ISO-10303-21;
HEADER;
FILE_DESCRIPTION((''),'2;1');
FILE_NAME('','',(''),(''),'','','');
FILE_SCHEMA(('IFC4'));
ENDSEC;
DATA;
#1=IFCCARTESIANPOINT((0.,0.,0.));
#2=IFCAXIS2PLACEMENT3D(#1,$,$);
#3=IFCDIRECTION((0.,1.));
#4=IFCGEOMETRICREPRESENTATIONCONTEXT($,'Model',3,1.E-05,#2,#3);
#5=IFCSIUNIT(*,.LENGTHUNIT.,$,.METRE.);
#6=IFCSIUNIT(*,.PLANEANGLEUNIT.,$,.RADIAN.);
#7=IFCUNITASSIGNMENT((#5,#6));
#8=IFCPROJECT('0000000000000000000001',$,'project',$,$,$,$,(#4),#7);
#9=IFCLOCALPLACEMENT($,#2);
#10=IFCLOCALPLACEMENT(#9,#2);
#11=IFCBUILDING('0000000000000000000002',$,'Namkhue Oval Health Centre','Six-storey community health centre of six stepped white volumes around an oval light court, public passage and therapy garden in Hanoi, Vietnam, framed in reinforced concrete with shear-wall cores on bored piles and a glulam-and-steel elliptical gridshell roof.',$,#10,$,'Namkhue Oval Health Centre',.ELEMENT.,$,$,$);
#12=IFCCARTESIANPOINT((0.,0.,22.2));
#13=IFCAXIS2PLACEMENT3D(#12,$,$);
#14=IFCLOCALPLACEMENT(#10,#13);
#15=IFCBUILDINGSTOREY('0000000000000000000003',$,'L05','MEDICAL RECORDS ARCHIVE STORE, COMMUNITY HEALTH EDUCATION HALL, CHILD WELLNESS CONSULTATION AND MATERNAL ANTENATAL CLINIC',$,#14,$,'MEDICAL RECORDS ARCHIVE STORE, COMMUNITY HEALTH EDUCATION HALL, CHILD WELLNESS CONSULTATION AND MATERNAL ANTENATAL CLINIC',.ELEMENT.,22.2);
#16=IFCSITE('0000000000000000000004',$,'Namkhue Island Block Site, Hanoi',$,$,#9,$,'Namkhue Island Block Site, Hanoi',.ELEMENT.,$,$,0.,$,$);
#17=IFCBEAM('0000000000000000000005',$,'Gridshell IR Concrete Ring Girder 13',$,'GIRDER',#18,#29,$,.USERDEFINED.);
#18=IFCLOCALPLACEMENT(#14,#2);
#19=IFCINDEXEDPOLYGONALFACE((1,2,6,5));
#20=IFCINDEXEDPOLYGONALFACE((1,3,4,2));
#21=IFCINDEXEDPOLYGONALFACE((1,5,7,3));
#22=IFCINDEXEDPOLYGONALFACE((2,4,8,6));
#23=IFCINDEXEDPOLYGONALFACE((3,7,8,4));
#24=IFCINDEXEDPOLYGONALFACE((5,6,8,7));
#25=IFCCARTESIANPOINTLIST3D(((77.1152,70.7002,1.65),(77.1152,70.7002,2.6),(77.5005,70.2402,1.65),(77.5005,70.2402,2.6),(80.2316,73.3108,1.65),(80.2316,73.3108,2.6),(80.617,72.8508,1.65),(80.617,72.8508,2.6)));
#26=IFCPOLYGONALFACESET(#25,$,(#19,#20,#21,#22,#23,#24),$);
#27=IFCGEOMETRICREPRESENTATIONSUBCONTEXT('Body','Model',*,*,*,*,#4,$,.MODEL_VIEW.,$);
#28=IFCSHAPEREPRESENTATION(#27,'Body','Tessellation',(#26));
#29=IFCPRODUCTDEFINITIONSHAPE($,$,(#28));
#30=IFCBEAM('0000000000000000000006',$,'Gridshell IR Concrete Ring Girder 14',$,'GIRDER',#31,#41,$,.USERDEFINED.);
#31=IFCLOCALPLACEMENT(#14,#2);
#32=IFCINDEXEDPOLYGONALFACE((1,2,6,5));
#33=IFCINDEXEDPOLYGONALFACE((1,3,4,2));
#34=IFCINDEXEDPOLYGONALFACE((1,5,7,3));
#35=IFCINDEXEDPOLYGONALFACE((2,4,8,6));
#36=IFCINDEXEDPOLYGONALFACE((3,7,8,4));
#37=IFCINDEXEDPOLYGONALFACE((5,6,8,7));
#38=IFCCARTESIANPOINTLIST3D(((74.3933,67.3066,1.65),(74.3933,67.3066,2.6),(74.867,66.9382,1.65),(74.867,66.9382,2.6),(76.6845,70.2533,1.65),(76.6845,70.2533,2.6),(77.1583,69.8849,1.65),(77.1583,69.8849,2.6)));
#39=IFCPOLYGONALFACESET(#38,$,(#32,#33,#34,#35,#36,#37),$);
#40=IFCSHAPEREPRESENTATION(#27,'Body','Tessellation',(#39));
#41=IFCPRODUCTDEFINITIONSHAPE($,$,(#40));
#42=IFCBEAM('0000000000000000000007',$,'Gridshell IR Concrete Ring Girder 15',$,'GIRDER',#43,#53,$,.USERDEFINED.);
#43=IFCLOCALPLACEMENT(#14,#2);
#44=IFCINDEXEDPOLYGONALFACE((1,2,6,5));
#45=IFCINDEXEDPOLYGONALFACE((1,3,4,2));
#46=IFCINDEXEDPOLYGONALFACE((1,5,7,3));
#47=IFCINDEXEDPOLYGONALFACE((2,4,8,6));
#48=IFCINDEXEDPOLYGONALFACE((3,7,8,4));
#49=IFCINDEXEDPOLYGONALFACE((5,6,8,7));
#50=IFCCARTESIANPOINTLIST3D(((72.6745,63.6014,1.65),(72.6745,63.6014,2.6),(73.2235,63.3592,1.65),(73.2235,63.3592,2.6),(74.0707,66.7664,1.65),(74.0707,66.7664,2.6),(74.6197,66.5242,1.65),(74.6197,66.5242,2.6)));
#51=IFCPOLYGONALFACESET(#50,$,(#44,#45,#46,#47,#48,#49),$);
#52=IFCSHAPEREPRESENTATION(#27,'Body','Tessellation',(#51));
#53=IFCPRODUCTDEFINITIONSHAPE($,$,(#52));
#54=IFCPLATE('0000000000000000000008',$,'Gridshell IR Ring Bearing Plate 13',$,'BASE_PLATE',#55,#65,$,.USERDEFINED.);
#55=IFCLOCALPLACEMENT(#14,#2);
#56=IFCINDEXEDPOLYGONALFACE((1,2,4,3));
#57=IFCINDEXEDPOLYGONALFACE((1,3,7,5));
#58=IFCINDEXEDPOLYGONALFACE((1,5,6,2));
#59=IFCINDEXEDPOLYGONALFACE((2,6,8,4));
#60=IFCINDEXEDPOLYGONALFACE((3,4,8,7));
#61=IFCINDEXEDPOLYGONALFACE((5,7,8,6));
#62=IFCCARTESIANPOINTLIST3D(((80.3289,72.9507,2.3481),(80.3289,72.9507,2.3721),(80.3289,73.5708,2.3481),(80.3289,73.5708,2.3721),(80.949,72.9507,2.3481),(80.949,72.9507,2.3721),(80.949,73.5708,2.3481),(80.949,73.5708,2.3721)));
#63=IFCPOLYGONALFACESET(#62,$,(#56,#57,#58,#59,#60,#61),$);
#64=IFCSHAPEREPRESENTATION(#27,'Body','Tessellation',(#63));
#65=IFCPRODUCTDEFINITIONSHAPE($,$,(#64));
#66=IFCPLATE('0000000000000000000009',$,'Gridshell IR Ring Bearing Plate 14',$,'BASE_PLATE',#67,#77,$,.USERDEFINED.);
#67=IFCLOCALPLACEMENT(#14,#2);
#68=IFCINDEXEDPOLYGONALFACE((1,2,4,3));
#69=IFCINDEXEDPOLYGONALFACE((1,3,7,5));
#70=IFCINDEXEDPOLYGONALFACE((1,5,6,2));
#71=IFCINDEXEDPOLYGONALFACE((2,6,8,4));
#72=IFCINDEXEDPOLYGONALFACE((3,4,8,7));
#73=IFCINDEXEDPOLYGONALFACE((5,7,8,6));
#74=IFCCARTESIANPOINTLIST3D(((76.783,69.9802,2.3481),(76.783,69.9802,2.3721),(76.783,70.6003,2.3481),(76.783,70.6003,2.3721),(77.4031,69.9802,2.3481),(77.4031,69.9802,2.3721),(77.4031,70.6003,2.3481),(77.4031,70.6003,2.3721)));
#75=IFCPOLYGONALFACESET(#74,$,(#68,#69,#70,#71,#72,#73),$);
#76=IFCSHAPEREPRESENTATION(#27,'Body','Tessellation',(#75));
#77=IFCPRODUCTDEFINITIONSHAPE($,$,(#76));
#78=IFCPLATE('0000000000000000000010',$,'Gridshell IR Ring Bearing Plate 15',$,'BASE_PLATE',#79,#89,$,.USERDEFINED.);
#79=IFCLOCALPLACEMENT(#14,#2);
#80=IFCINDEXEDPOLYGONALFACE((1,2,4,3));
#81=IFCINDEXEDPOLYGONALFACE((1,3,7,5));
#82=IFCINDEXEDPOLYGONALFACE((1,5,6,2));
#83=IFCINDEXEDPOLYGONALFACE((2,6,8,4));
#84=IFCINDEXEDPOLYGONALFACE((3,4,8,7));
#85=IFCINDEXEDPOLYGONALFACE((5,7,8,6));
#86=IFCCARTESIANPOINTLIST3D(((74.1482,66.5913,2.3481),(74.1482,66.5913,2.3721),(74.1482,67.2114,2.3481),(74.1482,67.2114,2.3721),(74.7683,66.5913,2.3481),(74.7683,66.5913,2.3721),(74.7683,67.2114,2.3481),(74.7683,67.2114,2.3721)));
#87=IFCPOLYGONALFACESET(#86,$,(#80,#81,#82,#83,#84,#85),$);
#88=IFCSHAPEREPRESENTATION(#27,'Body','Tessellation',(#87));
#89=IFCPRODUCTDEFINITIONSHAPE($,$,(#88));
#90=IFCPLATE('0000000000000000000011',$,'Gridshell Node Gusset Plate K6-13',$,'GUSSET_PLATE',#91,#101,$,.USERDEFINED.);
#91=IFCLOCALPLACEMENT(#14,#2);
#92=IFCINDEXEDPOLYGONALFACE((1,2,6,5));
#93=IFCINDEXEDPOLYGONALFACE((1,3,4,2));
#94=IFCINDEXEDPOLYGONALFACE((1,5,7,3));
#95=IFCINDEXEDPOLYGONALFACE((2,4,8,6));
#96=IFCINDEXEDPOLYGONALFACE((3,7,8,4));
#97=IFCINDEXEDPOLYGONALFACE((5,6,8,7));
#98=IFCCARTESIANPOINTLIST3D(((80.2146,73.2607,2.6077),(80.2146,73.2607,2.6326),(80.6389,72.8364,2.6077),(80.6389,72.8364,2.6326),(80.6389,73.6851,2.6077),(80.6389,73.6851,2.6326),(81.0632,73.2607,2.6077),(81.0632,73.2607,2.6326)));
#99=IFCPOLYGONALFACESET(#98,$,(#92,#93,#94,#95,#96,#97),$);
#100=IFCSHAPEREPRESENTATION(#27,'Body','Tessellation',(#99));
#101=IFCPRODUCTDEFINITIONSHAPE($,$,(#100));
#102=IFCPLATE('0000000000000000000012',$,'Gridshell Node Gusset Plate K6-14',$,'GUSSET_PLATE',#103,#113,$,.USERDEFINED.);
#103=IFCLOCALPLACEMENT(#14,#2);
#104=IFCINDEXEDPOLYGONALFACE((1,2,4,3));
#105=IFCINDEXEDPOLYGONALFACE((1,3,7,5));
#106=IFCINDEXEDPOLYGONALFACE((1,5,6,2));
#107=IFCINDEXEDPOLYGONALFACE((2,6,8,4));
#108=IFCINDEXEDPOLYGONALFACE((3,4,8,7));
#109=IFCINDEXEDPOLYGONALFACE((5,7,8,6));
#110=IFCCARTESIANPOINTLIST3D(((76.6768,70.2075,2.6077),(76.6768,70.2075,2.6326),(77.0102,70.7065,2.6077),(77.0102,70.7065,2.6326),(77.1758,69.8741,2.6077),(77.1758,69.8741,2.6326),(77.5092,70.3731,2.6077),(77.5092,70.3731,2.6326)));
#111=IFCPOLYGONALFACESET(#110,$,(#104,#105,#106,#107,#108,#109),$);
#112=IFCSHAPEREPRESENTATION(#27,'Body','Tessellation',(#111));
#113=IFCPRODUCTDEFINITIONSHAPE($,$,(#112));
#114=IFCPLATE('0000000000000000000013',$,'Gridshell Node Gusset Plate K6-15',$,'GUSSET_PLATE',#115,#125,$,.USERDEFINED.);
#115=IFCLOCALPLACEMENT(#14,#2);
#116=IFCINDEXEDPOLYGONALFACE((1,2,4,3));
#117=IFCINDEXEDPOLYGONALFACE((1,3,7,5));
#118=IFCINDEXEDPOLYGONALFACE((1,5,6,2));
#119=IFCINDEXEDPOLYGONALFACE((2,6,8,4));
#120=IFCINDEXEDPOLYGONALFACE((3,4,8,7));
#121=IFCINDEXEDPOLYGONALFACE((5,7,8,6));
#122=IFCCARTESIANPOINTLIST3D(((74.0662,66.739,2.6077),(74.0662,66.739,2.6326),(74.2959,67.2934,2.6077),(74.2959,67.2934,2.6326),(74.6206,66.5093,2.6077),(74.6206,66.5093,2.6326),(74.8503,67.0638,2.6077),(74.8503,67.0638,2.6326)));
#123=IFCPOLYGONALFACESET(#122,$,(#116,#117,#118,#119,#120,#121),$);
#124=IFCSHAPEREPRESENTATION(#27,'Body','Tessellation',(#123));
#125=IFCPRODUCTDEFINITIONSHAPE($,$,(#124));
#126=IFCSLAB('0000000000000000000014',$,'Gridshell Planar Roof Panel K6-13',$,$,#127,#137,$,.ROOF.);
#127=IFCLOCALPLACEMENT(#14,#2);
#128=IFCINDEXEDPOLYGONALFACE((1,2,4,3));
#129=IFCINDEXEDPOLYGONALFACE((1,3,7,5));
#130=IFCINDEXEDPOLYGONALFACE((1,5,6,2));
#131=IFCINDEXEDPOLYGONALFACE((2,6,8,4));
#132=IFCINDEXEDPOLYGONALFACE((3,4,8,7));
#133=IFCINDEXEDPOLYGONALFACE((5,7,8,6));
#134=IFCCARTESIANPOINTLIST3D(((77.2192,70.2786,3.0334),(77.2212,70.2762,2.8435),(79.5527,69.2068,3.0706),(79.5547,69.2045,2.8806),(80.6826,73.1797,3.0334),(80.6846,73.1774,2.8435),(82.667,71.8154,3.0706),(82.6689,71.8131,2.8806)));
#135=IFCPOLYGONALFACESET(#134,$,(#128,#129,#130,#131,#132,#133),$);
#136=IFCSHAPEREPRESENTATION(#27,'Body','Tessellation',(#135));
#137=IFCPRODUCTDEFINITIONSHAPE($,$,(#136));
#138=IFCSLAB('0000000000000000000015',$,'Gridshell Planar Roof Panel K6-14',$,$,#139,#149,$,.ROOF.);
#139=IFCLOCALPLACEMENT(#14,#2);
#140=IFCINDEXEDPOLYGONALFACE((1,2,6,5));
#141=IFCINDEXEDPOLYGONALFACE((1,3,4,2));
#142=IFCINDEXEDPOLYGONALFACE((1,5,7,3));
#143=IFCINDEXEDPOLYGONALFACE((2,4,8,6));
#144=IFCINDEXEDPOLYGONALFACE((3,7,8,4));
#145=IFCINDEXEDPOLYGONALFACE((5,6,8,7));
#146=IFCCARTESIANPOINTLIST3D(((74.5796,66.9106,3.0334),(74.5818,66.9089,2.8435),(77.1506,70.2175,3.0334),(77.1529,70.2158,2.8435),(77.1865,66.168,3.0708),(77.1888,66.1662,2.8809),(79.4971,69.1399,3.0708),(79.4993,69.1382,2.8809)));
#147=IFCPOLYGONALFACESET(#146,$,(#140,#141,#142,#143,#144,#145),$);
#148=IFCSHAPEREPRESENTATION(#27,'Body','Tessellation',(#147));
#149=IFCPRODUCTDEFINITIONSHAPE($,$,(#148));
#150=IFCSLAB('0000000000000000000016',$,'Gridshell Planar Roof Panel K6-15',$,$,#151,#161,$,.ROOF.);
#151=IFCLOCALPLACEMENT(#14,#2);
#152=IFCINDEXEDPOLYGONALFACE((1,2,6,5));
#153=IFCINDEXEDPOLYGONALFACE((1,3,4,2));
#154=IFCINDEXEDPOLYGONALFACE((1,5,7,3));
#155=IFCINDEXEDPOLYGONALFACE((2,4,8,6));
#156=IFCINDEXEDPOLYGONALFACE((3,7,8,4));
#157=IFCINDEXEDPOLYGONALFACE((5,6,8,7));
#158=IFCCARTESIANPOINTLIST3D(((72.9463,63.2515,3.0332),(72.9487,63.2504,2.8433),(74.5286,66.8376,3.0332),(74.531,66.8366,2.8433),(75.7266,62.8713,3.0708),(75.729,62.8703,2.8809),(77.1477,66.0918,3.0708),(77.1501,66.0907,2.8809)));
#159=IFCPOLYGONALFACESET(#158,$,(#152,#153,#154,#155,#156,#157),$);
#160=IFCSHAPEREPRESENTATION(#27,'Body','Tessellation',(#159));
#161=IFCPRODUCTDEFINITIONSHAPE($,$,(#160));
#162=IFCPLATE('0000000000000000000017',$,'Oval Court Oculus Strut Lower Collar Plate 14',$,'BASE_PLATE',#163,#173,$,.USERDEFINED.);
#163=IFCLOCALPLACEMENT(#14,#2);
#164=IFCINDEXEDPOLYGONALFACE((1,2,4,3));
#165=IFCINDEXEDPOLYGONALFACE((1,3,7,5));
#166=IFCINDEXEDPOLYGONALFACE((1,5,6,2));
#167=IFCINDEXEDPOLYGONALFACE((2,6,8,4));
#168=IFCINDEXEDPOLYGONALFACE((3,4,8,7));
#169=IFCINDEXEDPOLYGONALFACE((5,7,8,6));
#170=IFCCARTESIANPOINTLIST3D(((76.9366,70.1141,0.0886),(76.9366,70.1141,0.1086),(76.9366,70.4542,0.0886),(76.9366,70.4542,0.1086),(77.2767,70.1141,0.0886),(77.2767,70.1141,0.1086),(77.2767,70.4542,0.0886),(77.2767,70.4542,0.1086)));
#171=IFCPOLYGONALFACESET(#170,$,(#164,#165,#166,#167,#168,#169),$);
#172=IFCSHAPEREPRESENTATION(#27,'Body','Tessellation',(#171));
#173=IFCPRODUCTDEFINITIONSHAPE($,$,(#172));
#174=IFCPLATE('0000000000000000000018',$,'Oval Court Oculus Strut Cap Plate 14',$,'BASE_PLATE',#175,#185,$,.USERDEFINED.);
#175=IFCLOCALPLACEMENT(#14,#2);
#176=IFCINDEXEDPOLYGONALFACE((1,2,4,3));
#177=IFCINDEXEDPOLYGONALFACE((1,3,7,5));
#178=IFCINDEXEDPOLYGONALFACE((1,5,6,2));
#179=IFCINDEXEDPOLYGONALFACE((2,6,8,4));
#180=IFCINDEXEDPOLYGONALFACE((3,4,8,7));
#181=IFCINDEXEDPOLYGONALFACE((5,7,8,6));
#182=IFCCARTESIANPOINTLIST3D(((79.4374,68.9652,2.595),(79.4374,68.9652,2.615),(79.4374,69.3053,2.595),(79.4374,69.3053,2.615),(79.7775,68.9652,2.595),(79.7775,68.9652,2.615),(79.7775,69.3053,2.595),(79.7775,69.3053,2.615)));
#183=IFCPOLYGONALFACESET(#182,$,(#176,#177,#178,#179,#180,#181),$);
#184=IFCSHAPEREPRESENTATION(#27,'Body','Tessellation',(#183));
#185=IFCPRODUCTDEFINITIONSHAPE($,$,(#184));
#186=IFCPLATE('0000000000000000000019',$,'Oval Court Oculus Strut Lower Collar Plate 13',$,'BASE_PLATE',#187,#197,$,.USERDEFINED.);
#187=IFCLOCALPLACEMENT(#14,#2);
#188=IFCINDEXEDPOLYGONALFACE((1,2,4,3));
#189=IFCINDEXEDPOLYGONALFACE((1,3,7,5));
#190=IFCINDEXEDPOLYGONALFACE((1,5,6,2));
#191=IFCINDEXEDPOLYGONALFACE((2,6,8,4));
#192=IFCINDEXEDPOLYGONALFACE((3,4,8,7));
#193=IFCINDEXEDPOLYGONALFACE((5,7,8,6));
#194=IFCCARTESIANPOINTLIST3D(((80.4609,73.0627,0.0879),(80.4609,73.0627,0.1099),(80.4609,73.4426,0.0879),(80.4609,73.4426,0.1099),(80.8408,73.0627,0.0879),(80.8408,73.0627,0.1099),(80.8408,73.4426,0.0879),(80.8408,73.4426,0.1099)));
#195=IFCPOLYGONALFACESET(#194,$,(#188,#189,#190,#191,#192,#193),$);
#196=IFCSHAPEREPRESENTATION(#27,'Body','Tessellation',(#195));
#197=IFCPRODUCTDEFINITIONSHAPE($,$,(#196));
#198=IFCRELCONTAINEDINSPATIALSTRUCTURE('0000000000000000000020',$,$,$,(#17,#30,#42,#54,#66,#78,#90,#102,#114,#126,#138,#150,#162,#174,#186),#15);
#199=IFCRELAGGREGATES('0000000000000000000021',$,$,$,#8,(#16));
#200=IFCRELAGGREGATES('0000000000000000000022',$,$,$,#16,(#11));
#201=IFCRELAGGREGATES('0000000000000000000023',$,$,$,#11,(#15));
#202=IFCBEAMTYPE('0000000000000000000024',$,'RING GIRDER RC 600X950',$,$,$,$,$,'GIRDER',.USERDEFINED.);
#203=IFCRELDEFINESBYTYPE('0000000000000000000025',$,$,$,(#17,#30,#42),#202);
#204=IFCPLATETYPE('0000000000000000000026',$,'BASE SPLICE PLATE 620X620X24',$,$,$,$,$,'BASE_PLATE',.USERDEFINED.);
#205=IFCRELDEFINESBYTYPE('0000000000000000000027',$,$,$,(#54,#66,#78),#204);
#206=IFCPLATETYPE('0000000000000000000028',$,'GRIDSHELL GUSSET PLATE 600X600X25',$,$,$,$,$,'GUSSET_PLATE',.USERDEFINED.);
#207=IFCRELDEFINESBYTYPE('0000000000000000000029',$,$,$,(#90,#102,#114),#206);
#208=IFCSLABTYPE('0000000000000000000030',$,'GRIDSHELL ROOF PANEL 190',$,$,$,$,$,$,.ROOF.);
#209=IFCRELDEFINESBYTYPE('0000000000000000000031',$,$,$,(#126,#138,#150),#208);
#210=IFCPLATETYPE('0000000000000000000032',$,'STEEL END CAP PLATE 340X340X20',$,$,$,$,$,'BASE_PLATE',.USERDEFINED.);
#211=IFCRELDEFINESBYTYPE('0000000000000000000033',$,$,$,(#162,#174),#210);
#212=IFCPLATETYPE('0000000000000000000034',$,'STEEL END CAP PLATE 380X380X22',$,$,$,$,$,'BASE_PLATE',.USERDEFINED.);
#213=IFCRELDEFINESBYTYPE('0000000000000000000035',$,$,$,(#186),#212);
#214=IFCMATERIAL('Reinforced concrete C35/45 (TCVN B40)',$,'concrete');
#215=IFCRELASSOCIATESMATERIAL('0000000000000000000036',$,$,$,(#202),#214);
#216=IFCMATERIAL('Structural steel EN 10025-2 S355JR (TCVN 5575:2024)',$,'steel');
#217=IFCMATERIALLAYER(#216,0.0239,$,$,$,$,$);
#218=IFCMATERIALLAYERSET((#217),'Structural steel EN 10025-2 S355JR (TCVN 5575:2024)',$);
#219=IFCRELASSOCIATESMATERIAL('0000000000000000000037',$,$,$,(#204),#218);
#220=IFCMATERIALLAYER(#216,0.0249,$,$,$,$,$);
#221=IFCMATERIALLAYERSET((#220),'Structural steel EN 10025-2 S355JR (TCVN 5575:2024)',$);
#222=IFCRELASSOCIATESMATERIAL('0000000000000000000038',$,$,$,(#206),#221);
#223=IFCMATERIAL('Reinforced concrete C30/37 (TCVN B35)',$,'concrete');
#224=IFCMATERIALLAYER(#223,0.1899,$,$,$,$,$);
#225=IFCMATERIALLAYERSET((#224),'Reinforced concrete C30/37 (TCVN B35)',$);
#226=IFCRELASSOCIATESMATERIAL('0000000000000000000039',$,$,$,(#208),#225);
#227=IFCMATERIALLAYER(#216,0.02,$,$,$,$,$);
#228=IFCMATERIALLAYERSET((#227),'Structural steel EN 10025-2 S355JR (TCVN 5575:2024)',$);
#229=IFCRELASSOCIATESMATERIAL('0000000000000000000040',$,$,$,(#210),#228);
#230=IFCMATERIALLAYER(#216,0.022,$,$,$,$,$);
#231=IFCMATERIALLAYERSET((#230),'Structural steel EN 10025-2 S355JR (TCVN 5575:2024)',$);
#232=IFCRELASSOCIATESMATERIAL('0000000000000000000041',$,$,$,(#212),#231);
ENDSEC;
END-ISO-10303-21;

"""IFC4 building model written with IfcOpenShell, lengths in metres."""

from ifc_helpers import new_model, si_unit, direction, frame, origin, origin_2d, place, context, subcontext, project, spatial, polyline, rectangle, outline, extrude, material, layer, layer_set, material_profile, profile_set, type_object, element, save


model = new_model("IFC4")

# Units and contexts
model_context = context("Model", 3, precision=1e-05, world=origin(), true_north=direction((0.0, 1.0)))
body_context = subcontext(model_context, "Body", "Model", "MODEL_VIEW")
ifc_project = project(units=[si_unit("LENGTHUNIT", "METRE"), si_unit("PLANEANGLEUNIT", "RADIAN")], contexts=[model_context])

# Site, building, storey
site_placement = place(None, origin())
site = spatial("IfcSite", under=ifc_project, at=site_placement, Name="Namkhue Island Block Site, Hanoi", LongName="Namkhue Island Block Site, Hanoi", CompositionType="ELEMENT", RefElevation=0.0)
building_placement = place(site_placement, origin())
building = spatial("IfcBuilding", under=site, at=building_placement, Name="Namkhue Oval Health Centre", Description="Six-storey community health centre of six stepped white volumes around an oval light court, public passage and therapy garden in Hanoi, Vietnam, framed in reinforced concrete with shear-wall cores on bored piles and a glulam-and-steel elliptical gridshell roof.", LongName="Namkhue Oval Health Centre", CompositionType="ELEMENT")
storey_placement = place(building_placement, frame((0.0, 0.0, 22.2)))
storey = spatial("IfcBuildingStorey", under=building, at=storey_placement, Name="L05", Description="MEDICAL RECORDS ARCHIVE STORE, COMMUNITY HEALTH EDUCATION HALL, CHILD WELLNESS CONSULTATION AND MATERNAL ANTENATAL CLINIC", LongName="MEDICAL RECORDS ARCHIVE STORE, COMMUNITY HEALTH EDUCATION HALL, CHILD WELLNESS CONSULTATION AND MATERNAL ANTENATAL CLINIC", CompositionType="ELEMENT", Elevation=22.2)

# Shared definitions
ifc_material_1 = material(Name="Reinforced concrete C35/45 (TCVN B40)", Category="concrete")

# Shared definitions
ifc_material_2 = material(Name="Structural steel EN 10025-2 S355JR (TCVN 5575:2024)", Category="steel")

# Beams
ifc_material_profile_1 = material_profile(ifc_material_1, rectangle(XDim=0.6001, YDim=0.95, at=origin_2d()), Name="RC 600x950")
ifc_profile_set_1 = profile_set([ifc_material_profile_1], Name="Reinforced concrete C35/45 (TCVN B40)")
beam_type = type_object("IfcBeamType", Name="RING GIRDER RC 600X950", ElementType="GIRDER", PredefinedType="USERDEFINED", material=ifc_profile_set_1)
beam_1_placement = place(storey_placement, frame((80.4243, 73.0808, 2.125), z_axis=(-0.76658, -0.642149, 0.0), x_axis=(0.642149, -0.76658, 0.0)))
element("IfcBeam", 1, at=beam_1_placement, inside=storey, type_object=beam_type, Name="Gridshell IR Concrete Ring Girder 13", ObjectType="GIRDER", PredefinedType="USERDEFINED", context=body_context, shape_type="SweptSolid", body=[
    extrude(rectangle(XDim=0.6001, YDim=0.95, at=origin_2d()), origin(), (0.0, 0.0, 1.0), 4.0654),
])
beam_2_placement = place(storey_placement, frame((76.9214, 70.0691, 2.125), z_axis=(-0.613827, -0.78944, 0.0), x_axis=(0.78944, -0.613827, 0.0)))
element("IfcBeam", 2, at=beam_2_placement, inside=storey, type_object=beam_type, Name="Gridshell IR Concrete Ring Girder 14", ObjectType="GIRDER", PredefinedType="USERDEFINED", context=body_context, shape_type="SweptSolid", body=[
    extrude(rectangle(XDim=0.6001, YDim=0.95, at=origin_2d()), origin(), (0.0, 0.0, 1.0), 3.7327),
])
beam_3_placement = place(storey_placement, frame((74.3452, 66.6453, 2.125), z_axis=(-0.403616, -0.914929, 0.0), x_axis=(0.914929, -0.403616, 0.0)))
element("IfcBeam", 3, at=beam_3_placement, inside=storey, type_object=beam_type, Name="Gridshell IR Concrete Ring Girder 15", ObjectType="GIRDER", PredefinedType="USERDEFINED", context=body_context, shape_type="SweptSolid", body=[
    extrude(rectangle(XDim=0.6001, YDim=0.95, at=origin_2d()), origin(), (0.0, 0.0, 1.0), 3.4592),
])

# Plates
ifc_layer_1 = layer(ifc_material_2, 0.0239)
ifc_layer_set_1 = layer_set([ifc_layer_1], Name="Structural steel EN 10025-2 S355JR (TCVN 5575:2024)")
plate_type_1 = type_object("IfcPlateType", Name="BASE SPLICE PLATE 620X620X24", ElementType="BASE_PLATE", PredefinedType="USERDEFINED", material=ifc_layer_set_1)
for number, where, z_axis, x_axis, name in (
    (4, (80.6389, 73.2607, 2.3481), (0.0, 0.0, 1.0), (1.0, 0.0, 0.0), "Gridshell IR Ring Bearing Plate 13"),
    (5, (77.093, 70.2903, 2.3481), (0.0, 0.0, 1.0), (1.0, 0.0, 0.0), "Gridshell IR Ring Bearing Plate 14"),
    (6, (74.4583, 66.9014, 2.3481), (0.0, 0.0, 1.0), (1.0, 0.0, 0.0), "Gridshell IR Ring Bearing Plate 15"),
):
    element("IfcPlate", number, at=place(storey_placement, frame(where, z_axis=z_axis, x_axis=x_axis)), inside=storey, type_object=plate_type_1, Name=name, ObjectType="BASE_PLATE", PredefinedType="USERDEFINED", context=body_context, shape_type="SweptSolid", body=[
        extrude(rectangle(XDim=0.6201, YDim=0.6201, at=origin_2d()), origin(), (0.0, 0.0, 1.0), 0.0239),
    ])
ifc_layer_2 = layer(ifc_material_2, 0.0249)
ifc_layer_set_2 = layer_set([ifc_layer_2], Name="Structural steel EN 10025-2 S355JR (TCVN 5575:2024)")
plate_type_2 = type_object("IfcPlateType", Name="GRIDSHELL GUSSET PLATE 600X600X25", ElementType="GUSSET_PLATE", PredefinedType="USERDEFINED", material=ifc_layer_set_2)
for number, where, z_axis, x_axis, name in (
    (7, (80.6389, 73.2607, 2.6077), (0.0, 0.0, 1.0), (-0.707107, 0.707107, 0.0), "Gridshell Node Gusset Plate K6-13"),
    (8, (77.093, 70.2903, 2.6077), (0.0, 0.0, 1.0), (-0.83147, 0.55557, 0.0), "Gridshell Node Gusset Plate K6-14"),
    (9, (74.4583, 66.9014, 2.6077), (0.0, 0.0, 1.0), (-0.92388, 0.382683, 0.0), "Gridshell Node Gusset Plate K6-15"),
):
    element("IfcPlate", number, at=place(storey_placement, frame(where, z_axis=z_axis, x_axis=x_axis)), inside=storey, type_object=plate_type_2, Name=name, ObjectType="GUSSET_PLATE", PredefinedType="USERDEFINED", context=body_context, shape_type="SweptSolid", body=[
        extrude(rectangle(XDim=0.6001, YDim=0.6001, at=origin_2d()), origin(), (0.0, 0.0, 1.0), 0.0249),
    ])

# Slabs
ifc_material_3 = material(Name="Reinforced concrete C30/37 (TCVN B35)", Category="concrete")
ifc_layer_3 = layer(ifc_material_3, 0.1899)
ifc_layer_set_3 = layer_set([ifc_layer_3], Name="Reinforced concrete C30/37 (TCVN B35)")
slab_type = type_object("IfcSlabType", Name="GRIDSHELL ROOF PANEL 190", PredefinedType="ROOF", material=ifc_layer_set_3)
slab_1_placement = place(storey_placement, frame((80.6826, 73.1797, 3.0334), z_axis=(-0.01027, 0.01226, 0.999872), x_axis=(-0.766589, -0.642138, 0.0)))
element("IfcSlab", 10, at=slab_1_placement, inside=storey, type_object=slab_type, Name="Gridshell Planar Roof Panel K6-13", PredefinedType="ROOF", context=body_context, shape_type="SweptSolid", body=[
    extrude(outline(polyline([(0.0, 0.0), (4.5179, 0.0), (3.4173, 2.3203), (-0.6452, 2.3204), (0.0, 0.0)])), origin(), (0.0, 0.0, -1.0), 0.1899),
])
slab_2_placement = place(storey_placement, frame((77.1506, 70.2175, 3.0334), z_axis=(-0.011729, 0.009119, 0.99989), x_axis=(-0.613795, -0.789465, 0.0)))
element("IfcSlab", 11, at=slab_2_placement, inside=storey, type_object=slab_type, Name="Gridshell Planar Roof Panel K6-14", PredefinedType="ROOF", context=body_context, shape_type="SweptSolid", body=[
    extrude(outline(polyline([(0.0, 0.0), (4.1888, 0.0), (3.175, 2.5142), (-0.5895, 2.5142), (0.0, 0.0)])), origin(), (0.0, 0.0, -1.0), 0.1899),
])
slab_3_placement = place(storey_placement, frame((74.5286, 66.8376, 3.0332), z_axis=(-0.012752, 0.005627, 0.999903), x_axis=(-0.403669, -0.914905, 0.0)))
element("IfcSlab", 12, at=slab_3_placement, inside=storey, type_object=slab_type, Name="Gridshell Planar Roof Panel K6-15", PredefinedType="ROOF", context=body_context, shape_type="SweptSolid", body=[
    extrude(outline(polyline([(0.0, 0.0), (3.9197, 0.0), (3.1452, 2.6974), (-0.3749, 2.6976), (0.0, 0.0)])), origin(), (0.0, 0.0, -1.0), 0.1899),
])

# Plates
ifc_layer_4 = layer(ifc_material_2, 0.02)
ifc_layer_set_4 = layer_set([ifc_layer_4], Name="Structural steel EN 10025-2 S355JR (TCVN 5575:2024)")
plate_type_3 = type_object("IfcPlateType", Name="STEEL END CAP PLATE 340X340X20", ElementType="BASE_PLATE", PredefinedType="USERDEFINED", material=ifc_layer_set_4)
for number, where, z_axis, x_axis, name in (
    (13, (77.1067, 70.2842, 0.0886), (0.0, 0.0, 1.0), (1.0, 0.0, 0.0), "Oval Court Oculus Strut Lower Collar Plate 14"),
    (14, (79.6074, 69.1353, 2.595), (0.0, 0.0, 1.0), (1.0, 0.0, 0.0), "Oval Court Oculus Strut Cap Plate 14"),
):
    element("IfcPlate", number, at=place(storey_placement, frame(where, z_axis=z_axis, x_axis=x_axis)), inside=storey, type_object=plate_type_3, Name=name, ObjectType="BASE_PLATE", PredefinedType="USERDEFINED", context=body_context, shape_type="SweptSolid", body=[
        extrude(rectangle(XDim=0.3401, YDim=0.3401, at=origin_2d()), origin(), (0.0, 0.0, 1.0), 0.02),
    ])
ifc_layer_5 = layer(ifc_material_2, 0.022)
ifc_layer_set_5 = layer_set([ifc_layer_5], Name="Structural steel EN 10025-2 S355JR (TCVN 5575:2024)")
plate_type_4 = type_object("IfcPlateType", Name="STEEL END CAP PLATE 380X380X22", ElementType="BASE_PLATE", PredefinedType="USERDEFINED", material=ifc_layer_set_5)
for number, where, z_axis, x_axis, name in (
    (15, (80.6509, 73.2527, 0.0879), (0.0, 0.0, 1.0), (1.0, 0.0, 0.0), "Oval Court Oculus Strut Lower Collar Plate 13"),
):
    element("IfcPlate", number, at=place(storey_placement, frame(where, z_axis=z_axis, x_axis=x_axis)), inside=storey, type_object=plate_type_4, Name=name, ObjectType="BASE_PLATE", PredefinedType="USERDEFINED", context=body_context, shape_type="SweptSolid", body=[
        extrude(rectangle(XDim=0.3799, YDim=0.3799, at=origin_2d()), origin(), (0.0, 0.0, 1.0), 0.022),
    ])

save(model, "model.ifc")
